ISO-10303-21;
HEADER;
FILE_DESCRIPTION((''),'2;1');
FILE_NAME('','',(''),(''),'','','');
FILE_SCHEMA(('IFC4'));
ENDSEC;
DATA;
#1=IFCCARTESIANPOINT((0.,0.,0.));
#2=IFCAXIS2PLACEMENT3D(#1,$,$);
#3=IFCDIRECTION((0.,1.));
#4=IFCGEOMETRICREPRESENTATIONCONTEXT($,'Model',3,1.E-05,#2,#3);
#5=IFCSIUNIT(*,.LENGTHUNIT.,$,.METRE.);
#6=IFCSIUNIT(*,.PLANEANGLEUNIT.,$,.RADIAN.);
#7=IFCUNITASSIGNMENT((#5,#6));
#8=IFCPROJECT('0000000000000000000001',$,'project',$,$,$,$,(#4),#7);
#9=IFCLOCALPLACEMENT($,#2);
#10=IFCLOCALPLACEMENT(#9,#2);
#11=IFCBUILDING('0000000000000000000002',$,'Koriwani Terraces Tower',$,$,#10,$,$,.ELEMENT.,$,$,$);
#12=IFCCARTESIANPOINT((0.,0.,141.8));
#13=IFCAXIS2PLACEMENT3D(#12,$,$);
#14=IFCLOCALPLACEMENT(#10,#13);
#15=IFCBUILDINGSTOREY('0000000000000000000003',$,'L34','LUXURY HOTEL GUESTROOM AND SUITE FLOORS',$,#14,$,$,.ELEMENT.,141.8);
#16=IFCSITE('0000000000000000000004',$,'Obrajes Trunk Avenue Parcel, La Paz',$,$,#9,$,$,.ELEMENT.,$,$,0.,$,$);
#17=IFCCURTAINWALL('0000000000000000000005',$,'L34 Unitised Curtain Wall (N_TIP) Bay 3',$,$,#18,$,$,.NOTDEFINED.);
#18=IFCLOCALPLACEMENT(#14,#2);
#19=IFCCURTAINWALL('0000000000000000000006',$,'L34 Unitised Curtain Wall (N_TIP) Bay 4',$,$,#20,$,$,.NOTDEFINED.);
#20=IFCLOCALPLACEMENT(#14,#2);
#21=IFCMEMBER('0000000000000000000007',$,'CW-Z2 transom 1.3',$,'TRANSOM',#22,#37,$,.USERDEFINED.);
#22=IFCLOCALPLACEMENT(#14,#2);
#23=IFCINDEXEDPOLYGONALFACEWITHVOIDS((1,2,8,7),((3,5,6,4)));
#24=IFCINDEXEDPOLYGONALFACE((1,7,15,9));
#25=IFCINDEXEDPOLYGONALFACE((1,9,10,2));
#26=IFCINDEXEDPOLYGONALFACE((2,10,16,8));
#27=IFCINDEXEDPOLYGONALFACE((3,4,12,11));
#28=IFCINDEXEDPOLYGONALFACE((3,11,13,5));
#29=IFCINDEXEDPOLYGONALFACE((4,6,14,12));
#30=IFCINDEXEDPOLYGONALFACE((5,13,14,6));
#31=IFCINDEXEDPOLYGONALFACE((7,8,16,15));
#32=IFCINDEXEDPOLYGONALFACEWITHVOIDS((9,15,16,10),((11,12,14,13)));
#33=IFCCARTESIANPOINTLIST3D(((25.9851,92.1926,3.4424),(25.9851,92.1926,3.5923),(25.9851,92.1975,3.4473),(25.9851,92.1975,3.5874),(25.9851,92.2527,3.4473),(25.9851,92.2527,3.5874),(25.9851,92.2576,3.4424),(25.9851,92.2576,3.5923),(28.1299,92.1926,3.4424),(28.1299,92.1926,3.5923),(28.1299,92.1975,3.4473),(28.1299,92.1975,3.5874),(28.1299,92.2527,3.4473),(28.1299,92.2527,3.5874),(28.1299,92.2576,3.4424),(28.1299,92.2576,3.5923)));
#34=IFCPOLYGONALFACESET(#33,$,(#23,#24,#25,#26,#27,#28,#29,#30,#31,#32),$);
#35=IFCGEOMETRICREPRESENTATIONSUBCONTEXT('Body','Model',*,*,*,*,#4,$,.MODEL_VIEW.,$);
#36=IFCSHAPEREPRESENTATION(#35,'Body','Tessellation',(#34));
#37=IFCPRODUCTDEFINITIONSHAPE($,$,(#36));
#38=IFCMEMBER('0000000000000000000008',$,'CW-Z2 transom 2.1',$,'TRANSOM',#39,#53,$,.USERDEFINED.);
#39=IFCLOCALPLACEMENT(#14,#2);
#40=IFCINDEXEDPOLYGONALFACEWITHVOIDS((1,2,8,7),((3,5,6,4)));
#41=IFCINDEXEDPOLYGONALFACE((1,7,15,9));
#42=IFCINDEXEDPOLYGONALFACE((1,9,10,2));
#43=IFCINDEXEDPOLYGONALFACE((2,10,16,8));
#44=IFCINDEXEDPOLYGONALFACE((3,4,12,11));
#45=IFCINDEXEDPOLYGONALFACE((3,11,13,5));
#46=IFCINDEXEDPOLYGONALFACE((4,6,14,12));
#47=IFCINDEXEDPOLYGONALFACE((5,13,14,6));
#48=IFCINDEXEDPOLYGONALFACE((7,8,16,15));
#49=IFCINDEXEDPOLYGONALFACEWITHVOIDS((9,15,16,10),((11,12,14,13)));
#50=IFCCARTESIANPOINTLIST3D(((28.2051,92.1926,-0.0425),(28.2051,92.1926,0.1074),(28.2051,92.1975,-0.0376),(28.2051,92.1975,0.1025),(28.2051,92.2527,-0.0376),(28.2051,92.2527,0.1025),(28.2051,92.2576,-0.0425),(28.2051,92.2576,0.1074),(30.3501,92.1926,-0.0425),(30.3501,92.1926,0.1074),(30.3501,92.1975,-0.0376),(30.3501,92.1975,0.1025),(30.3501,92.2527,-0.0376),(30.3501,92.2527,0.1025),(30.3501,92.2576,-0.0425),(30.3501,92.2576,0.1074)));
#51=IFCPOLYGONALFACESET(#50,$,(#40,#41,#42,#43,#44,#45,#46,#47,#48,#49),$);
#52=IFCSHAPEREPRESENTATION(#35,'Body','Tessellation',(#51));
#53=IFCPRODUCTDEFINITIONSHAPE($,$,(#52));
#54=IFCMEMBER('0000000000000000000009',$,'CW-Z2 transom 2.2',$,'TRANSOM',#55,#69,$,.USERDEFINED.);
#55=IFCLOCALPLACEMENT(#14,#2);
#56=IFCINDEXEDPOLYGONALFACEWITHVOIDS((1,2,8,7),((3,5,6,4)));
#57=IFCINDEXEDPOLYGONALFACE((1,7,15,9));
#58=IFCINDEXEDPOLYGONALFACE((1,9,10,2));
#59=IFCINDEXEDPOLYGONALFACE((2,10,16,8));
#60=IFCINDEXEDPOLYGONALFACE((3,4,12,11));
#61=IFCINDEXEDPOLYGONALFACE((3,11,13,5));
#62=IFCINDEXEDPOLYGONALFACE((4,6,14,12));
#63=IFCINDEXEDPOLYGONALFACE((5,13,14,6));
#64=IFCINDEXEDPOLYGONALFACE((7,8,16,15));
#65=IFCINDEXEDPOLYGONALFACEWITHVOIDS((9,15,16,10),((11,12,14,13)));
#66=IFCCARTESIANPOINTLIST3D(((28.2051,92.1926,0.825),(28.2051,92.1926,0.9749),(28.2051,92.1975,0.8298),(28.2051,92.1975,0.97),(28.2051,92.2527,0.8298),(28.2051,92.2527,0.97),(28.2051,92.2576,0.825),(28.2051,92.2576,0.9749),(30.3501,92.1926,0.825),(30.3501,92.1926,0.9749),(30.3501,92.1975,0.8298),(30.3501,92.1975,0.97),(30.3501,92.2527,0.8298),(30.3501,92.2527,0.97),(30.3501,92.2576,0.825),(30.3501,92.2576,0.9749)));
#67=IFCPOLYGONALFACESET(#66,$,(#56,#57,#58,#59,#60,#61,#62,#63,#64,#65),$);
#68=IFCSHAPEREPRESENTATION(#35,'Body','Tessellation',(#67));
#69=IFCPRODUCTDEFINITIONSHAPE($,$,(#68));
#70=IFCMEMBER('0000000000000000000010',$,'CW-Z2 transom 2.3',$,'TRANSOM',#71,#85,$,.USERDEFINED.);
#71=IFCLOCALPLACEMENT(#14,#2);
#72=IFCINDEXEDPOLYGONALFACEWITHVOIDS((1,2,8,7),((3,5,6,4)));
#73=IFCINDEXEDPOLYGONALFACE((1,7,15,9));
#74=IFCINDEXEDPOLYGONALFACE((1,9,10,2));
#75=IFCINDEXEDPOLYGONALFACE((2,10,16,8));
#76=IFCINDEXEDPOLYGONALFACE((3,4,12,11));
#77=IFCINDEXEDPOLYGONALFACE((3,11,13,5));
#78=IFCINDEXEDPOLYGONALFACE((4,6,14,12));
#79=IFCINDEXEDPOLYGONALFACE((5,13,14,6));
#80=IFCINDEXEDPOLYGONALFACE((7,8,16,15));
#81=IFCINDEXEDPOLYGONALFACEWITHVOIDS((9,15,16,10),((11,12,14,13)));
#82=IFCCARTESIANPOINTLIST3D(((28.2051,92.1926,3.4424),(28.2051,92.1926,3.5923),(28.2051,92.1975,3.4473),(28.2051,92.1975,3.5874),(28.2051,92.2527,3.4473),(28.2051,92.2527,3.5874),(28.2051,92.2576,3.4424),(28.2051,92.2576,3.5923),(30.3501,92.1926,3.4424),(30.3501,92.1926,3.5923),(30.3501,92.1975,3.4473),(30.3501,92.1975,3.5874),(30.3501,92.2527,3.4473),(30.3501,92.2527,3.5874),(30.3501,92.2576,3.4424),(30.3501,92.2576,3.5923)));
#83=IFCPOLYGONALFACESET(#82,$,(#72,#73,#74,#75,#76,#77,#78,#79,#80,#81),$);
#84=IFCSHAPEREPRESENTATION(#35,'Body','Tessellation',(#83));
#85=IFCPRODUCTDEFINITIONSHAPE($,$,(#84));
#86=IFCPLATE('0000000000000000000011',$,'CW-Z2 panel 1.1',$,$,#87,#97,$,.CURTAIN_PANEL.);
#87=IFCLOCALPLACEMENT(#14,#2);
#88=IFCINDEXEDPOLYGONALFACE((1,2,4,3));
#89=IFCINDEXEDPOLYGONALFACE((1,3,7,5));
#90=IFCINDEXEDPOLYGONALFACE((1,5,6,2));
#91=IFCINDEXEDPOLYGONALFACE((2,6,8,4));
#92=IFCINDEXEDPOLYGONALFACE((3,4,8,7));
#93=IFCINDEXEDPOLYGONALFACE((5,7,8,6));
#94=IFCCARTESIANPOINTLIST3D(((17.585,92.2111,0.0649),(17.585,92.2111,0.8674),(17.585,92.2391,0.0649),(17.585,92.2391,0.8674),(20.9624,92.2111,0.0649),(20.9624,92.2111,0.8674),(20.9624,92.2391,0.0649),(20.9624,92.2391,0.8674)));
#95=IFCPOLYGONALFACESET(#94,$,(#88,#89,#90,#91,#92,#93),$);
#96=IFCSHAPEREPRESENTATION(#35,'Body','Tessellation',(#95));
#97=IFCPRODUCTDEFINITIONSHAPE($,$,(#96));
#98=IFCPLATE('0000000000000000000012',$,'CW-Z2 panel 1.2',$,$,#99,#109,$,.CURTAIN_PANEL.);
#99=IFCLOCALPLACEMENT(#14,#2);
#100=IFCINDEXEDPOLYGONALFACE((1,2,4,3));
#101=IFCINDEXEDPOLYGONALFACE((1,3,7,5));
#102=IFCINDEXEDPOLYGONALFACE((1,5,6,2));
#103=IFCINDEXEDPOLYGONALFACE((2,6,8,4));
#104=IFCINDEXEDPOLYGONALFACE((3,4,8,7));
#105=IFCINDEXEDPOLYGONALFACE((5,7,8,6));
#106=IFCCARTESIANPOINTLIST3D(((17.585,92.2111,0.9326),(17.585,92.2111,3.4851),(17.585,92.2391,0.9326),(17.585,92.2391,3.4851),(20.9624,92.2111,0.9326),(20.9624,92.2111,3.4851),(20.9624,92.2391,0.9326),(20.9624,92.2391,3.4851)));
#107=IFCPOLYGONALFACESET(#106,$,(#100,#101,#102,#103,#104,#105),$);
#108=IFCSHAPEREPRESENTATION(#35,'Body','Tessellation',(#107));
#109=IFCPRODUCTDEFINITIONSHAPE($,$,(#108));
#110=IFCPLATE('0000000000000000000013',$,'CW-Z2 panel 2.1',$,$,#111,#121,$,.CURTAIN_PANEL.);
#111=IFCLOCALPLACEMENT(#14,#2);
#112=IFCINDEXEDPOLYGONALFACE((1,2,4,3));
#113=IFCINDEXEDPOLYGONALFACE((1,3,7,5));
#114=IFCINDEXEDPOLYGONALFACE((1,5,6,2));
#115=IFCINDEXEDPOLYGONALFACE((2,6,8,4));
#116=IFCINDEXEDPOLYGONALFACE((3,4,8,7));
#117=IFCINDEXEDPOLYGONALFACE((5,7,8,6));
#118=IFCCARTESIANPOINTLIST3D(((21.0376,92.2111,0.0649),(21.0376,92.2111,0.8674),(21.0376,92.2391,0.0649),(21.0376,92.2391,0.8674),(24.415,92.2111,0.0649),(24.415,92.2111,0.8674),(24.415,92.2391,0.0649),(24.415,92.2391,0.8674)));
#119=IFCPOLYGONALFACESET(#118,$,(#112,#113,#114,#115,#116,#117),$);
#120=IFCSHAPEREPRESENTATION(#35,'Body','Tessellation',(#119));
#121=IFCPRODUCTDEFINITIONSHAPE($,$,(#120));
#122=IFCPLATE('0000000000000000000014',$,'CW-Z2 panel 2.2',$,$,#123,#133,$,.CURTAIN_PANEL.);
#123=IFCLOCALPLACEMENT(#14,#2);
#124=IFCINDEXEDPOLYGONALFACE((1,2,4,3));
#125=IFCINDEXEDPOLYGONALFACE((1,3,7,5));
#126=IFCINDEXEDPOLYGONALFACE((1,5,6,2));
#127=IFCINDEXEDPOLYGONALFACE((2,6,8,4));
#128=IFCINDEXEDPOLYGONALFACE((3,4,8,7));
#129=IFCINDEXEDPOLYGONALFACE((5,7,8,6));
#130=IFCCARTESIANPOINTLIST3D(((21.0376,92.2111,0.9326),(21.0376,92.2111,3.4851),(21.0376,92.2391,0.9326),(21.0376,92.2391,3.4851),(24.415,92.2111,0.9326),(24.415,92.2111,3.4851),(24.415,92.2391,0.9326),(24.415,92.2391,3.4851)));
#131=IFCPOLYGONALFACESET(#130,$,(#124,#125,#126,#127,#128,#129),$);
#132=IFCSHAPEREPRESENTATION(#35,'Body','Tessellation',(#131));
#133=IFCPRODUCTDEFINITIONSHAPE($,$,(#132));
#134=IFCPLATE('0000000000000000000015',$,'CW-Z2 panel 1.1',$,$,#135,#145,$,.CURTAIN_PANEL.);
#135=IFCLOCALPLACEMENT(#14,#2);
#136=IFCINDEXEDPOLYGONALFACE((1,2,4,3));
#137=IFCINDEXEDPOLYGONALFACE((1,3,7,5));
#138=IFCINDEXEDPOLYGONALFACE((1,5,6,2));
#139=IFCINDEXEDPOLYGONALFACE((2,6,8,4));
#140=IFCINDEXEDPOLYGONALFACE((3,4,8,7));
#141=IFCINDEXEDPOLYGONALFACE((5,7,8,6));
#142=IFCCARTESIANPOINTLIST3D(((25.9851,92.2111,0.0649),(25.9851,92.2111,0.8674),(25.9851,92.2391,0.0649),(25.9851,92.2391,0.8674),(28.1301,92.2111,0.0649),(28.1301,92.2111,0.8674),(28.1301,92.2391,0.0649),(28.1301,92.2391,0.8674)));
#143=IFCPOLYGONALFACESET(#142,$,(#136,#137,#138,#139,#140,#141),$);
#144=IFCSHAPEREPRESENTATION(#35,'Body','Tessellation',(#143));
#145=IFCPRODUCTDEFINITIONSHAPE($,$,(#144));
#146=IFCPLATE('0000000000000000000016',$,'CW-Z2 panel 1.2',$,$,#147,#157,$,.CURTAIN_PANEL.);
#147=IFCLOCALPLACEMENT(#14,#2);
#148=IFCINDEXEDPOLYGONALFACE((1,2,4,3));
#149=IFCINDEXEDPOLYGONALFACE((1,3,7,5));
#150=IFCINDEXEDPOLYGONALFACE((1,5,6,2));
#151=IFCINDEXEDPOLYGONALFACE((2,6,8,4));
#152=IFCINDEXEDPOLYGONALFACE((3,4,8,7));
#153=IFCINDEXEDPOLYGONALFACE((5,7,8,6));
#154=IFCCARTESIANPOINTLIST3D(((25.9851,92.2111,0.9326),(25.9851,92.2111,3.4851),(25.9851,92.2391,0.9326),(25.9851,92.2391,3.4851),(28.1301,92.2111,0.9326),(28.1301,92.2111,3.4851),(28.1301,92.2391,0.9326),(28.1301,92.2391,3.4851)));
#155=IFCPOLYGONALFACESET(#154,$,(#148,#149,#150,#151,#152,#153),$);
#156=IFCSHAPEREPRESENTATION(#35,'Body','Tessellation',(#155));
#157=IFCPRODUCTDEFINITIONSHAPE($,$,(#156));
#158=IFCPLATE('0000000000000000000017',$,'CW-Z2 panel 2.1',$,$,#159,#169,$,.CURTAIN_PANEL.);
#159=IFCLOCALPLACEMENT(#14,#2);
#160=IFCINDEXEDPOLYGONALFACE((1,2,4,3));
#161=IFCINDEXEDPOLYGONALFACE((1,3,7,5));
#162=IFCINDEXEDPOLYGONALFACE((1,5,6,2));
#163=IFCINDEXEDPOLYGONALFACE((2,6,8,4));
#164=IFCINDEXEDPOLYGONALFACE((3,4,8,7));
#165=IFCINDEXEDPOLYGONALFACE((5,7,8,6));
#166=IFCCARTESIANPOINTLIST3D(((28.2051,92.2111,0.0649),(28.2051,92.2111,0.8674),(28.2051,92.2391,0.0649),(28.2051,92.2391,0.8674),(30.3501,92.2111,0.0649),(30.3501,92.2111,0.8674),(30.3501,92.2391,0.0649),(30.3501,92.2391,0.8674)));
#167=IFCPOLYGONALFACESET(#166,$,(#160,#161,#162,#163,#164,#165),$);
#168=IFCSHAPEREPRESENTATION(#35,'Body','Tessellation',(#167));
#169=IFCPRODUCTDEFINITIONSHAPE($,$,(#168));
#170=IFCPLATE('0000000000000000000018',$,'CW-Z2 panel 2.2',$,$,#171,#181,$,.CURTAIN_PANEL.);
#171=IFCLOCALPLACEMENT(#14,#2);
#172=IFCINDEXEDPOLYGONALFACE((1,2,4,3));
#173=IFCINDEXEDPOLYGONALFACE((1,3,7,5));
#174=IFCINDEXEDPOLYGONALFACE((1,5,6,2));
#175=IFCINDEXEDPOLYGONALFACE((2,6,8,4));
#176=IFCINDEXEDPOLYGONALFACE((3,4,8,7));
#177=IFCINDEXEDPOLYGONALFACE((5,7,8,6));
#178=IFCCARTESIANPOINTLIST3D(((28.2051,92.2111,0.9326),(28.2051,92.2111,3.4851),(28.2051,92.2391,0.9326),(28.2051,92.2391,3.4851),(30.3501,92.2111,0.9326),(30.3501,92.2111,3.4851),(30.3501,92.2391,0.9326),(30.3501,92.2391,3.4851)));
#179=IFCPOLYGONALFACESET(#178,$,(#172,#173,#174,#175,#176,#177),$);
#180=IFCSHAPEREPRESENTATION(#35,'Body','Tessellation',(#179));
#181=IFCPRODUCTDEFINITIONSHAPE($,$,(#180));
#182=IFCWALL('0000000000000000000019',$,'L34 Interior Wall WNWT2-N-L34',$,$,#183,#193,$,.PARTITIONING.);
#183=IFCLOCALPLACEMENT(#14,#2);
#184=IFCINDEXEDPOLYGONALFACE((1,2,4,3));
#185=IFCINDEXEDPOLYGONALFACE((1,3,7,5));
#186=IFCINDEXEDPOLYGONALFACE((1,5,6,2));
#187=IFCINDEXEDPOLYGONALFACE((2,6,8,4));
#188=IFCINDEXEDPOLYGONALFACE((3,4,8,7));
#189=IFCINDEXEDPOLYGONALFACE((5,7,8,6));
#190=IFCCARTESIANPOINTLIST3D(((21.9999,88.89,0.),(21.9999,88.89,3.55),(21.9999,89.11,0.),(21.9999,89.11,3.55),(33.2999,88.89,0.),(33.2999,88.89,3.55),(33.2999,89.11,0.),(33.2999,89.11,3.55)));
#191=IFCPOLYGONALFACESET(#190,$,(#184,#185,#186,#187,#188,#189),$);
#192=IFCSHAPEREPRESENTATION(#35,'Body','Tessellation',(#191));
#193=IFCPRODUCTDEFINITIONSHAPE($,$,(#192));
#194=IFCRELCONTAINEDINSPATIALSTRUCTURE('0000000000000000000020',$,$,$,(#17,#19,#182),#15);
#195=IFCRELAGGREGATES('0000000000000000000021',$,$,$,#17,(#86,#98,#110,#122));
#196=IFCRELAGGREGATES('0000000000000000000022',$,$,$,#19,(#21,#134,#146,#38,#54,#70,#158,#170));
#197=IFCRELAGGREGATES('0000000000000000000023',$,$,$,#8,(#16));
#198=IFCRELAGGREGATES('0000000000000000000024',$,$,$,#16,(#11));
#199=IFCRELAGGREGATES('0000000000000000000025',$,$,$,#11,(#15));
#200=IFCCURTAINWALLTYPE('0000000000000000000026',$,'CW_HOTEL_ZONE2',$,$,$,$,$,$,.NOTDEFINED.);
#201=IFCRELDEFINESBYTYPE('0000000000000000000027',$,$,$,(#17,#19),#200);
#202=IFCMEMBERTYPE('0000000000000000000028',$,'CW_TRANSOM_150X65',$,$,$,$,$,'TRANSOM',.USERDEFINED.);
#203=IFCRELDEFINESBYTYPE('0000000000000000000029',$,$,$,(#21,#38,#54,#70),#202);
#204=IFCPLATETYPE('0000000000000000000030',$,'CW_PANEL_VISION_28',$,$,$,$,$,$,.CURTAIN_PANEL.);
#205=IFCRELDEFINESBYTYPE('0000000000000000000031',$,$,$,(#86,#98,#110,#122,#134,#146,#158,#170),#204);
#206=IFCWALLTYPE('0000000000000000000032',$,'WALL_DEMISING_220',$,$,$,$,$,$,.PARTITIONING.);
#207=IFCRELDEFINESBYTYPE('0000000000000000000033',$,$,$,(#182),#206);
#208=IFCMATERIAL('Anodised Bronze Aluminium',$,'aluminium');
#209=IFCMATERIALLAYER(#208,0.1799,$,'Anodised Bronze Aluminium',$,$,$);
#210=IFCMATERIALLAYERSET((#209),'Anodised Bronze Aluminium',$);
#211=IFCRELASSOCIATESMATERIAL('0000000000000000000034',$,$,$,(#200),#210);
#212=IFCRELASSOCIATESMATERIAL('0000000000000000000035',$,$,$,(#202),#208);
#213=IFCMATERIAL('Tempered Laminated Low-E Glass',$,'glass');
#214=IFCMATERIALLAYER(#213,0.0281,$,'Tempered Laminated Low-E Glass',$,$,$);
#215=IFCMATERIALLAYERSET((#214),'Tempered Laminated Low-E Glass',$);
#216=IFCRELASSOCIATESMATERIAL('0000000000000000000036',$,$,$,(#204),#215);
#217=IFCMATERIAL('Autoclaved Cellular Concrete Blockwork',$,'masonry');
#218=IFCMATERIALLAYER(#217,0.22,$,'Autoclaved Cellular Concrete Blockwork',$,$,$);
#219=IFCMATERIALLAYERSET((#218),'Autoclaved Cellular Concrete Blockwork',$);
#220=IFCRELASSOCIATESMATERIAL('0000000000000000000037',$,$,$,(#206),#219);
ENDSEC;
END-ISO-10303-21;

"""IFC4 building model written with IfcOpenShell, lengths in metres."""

from ifc_helpers import new_model, si_unit, direction, frame, frame_2d, origin, origin_2d, place, context, subcontext, project, spatial, rectangle, hollow_rectangle, extrude, material, layer, layer_set, material_profile, profile_set, type_object, element, aggregate, save


model = new_model("IFC4")

# Units and contexts
model_context = context("Model", 3, precision=1e-05, world=origin(), true_north=direction((0.0, 1.0)))
body_context = subcontext(model_context, "Body", "Model", "MODEL_VIEW")
ifc_project = project(units=[si_unit("LENGTHUNIT", "METRE"), si_unit("PLANEANGLEUNIT", "RADIAN")], contexts=[model_context])

# Site, building, storey
site_placement = place(None, origin())
site = spatial("IfcSite", under=ifc_project, at=site_placement, Name="Obrajes Trunk Avenue Parcel, La Paz", CompositionType="ELEMENT", RefElevation=0.0)
building_placement = place(site_placement, origin())
building = spatial("IfcBuilding", under=site, at=building_placement, Name="Koriwani Terraces Tower", CompositionType="ELEMENT")
storey_placement = place(building_placement, frame((0.0, 0.0, 141.8)))
storey = spatial("IfcBuildingStorey", under=building, at=storey_placement, Name="L34", Description="LUXURY HOTEL GUESTROOM AND SUITE FLOORS", CompositionType="ELEMENT", Elevation=141.8)

# Curtain walls
ifc_material_1 = material(Name="Anodised Bronze Aluminium", Category="aluminium")
ifc_layer_1 = layer(ifc_material_1, 0.1799, Name="Anodised Bronze Aluminium")
ifc_layer_set_1 = layer_set([ifc_layer_1], Name="Anodised Bronze Aluminium")
curtain_wall_type = type_object("IfcCurtainWallType", Name="CW_HOTEL_ZONE2", PredefinedType="NOTDEFINED", material=ifc_layer_set_1)
curtain_wall_1_placement = place(storey_placement, origin())
curtain_wall_1 = element("IfcCurtainWall", 1, at=curtain_wall_1_placement, inside=storey, type_object=curtain_wall_type, Name="L34 Unitised Curtain Wall (N_TIP) Bay 3", PredefinedType="NOTDEFINED")
curtain_wall_2_placement = place(storey_placement, origin())
curtain_wall_2 = element("IfcCurtainWall", 2, at=curtain_wall_2_placement, inside=storey, type_object=curtain_wall_type, Name="L34 Unitised Curtain Wall (N_TIP) Bay 4", PredefinedType="NOTDEFINED")

# Members
ifc_material_profile_1 = material_profile(ifc_material_1, hollow_rectangle(XDim=0.0649, YDim=0.1499, WallThickness=0.0049, at=origin_2d()), Name="Anodised Bronze Aluminium", Category="LoadBearing")
ifc_profile_set_1 = profile_set([ifc_material_profile_1], Name="Anodised Bronze Aluminium")
member_type_1 = type_object("IfcMemberType", Name="CW_TRANSOM_150X65", ElementType="TRANSOM", PredefinedType="USERDEFINED", material=ifc_profile_set_1)
member_1_placement = place(storey_placement, frame((25.9851, 92.2251, 3.5173), z_axis=(1.0, 0.0, 0.0), x_axis=(0.0, 1.0, 0.0)))
member_1 = element("IfcMember", 3, at=member_1_placement, type_object=member_type_1, Name="CW-Z2 transom 1.3", ObjectType="TRANSOM", PredefinedType="USERDEFINED", context=body_context, shape_type="SweptSolid", body=[
    extrude(hollow_rectangle(XDim=0.0649, YDim=0.1499, WallThickness=0.0049, at=origin_2d()), origin(), (0.0, 0.0, 1.0), 2.1448),
])
member_2_placement = place(storey_placement, frame((28.2051, 92.2251, 0.0325), z_axis=(1.0, 0.0, 0.0), x_axis=(0.0, 1.0, 0.0)))
member_2 = element("IfcMember", 4, at=member_2_placement, type_object=member_type_1, Name="CW-Z2 transom 2.1", ObjectType="TRANSOM", PredefinedType="USERDEFINED", context=body_context, shape_type="SweptSolid", body=[
    extrude(hollow_rectangle(XDim=0.0649, YDim=0.1499, WallThickness=0.0049, at=origin_2d()), origin(), (0.0, 0.0, 1.0), 2.145),
])
member_3_placement = place(storey_placement, frame((28.2051, 92.2251, 0.8999), z_axis=(1.0, 0.0, 0.0), x_axis=(0.0, 1.0, 0.0)))
member_3 = element("IfcMember", 5, at=member_3_placement, type_object=member_type_1, Name="CW-Z2 transom 2.2", ObjectType="TRANSOM", PredefinedType="USERDEFINED", context=body_context, shape_type="SweptSolid", body=[
    extrude(hollow_rectangle(XDim=0.0649, YDim=0.1499, WallThickness=0.0049, at=origin_2d()), origin(), (0.0, 0.0, 1.0), 2.145),
])
member_4_placement = place(storey_placement, frame((28.2051, 92.2251, 3.5173), z_axis=(1.0, 0.0, 0.0), x_axis=(0.0, 1.0, 0.0)))
member_4 = element("IfcMember", 6, at=member_4_placement, type_object=member_type_1, Name="CW-Z2 transom 2.3", ObjectType="TRANSOM", PredefinedType="USERDEFINED", context=body_context, shape_type="SweptSolid", body=[
    extrude(hollow_rectangle(XDim=0.0649, YDim=0.1499, WallThickness=0.0049, at=origin_2d()), origin(), (0.0, 0.0, 1.0), 2.145),
])

# Plates
ifc_material_2 = material(Name="Tempered Laminated Low-E Glass", Category="glass")
ifc_layer_2 = layer(ifc_material_2, 0.0281, Name="Tempered Laminated Low-E Glass")
ifc_layer_set_2 = layer_set([ifc_layer_2], Name="Tempered Laminated Low-E Glass")
plate_type = type_object("IfcPlateType", Name="CW_PANEL_VISION_28", PredefinedType="CURTAIN_PANEL", material=ifc_layer_set_2)
plate_1_placement = place(storey_placement, frame((19.2737, 92.2251, 0.0649), z_axis=(0.0, 0.0, 1.0), x_axis=(1.0, 0.0, 0.0)))
plate_1 = element("IfcPlate", 7, at=plate_1_placement, type_object=plate_type, Name="CW-Z2 panel 1.1", PredefinedType="CURTAIN_PANEL", context=body_context, shape_type="SweptSolid", body=[
    extrude(rectangle(XDim=3.3774, YDim=0.0281, at=origin_2d()), origin(), (0.0, 0.0, 1.0), 0.8025),
])
plate_2_placement = place(storey_placement, frame((19.2737, 92.2251, 0.9326), z_axis=(0.0, 0.0, 1.0), x_axis=(1.0, 0.0, 0.0)))
plate_2 = element("IfcPlate", 8, at=plate_2_placement, type_object=plate_type, Name="CW-Z2 panel 1.2", PredefinedType="CURTAIN_PANEL", context=body_context, shape_type="SweptSolid", body=[
    extrude(rectangle(XDim=3.3774, YDim=0.0281, at=origin_2d()), origin(), (0.0, 0.0, 1.0), 2.5525),
])
plate_3_placement = place(storey_placement, frame((22.7263, 92.2251, 0.0649), z_axis=(0.0, 0.0, 1.0), x_axis=(1.0, 0.0, 0.0)))
plate_3 = element("IfcPlate", 9, at=plate_3_placement, type_object=plate_type, Name="CW-Z2 panel 2.1", PredefinedType="CURTAIN_PANEL", context=body_context, shape_type="SweptSolid", body=[
    extrude(rectangle(XDim=3.3774, YDim=0.0281, at=origin_2d()), origin(), (0.0, 0.0, 1.0), 0.8025),
])
plate_4_placement = place(storey_placement, frame((22.7263, 92.2251, 0.9326), z_axis=(0.0, 0.0, 1.0), x_axis=(1.0, 0.0, 0.0)))
plate_4 = element("IfcPlate", 10, at=plate_4_placement, type_object=plate_type, Name="CW-Z2 panel 2.2", PredefinedType="CURTAIN_PANEL", context=body_context, shape_type="SweptSolid", body=[
    extrude(rectangle(XDim=3.3774, YDim=0.0281, at=origin_2d()), origin(), (0.0, 0.0, 1.0), 2.5525),
])
aggregate(curtain_wall_1, [plate_1, plate_2, plate_3, plate_4])
plate_5_placement = place(storey_placement, frame((27.0576, 92.2251, 0.0649), z_axis=(0.0, 0.0, 1.0), x_axis=(1.0, 0.0, 0.0)))
plate_5 = element("IfcPlate", 11, at=plate_5_placement, type_object=plate_type, Name="CW-Z2 panel 1.1", PredefinedType="CURTAIN_PANEL", context=body_context, shape_type="SweptSolid", body=[
    extrude(rectangle(XDim=2.145, YDim=0.0281, at=origin_2d()), origin(), (0.0, 0.0, 1.0), 0.8025),
])
plate_6_placement = place(storey_placement, frame((27.0576, 92.2251, 0.9326), z_axis=(0.0, 0.0, 1.0), x_axis=(1.0, 0.0, 0.0)))
plate_6 = element("IfcPlate", 12, at=plate_6_placement, type_object=plate_type, Name="CW-Z2 panel 1.2", PredefinedType="CURTAIN_PANEL", context=body_context, shape_type="SweptSolid", body=[
    extrude(rectangle(XDim=2.145, YDim=0.0281, at=origin_2d()), origin(), (0.0, 0.0, 1.0), 2.5525),
])
plate_7_placement = place(storey_placement, frame((29.2776, 92.2251, 0.0649), z_axis=(0.0, 0.0, 1.0), x_axis=(1.0, 0.0, 0.0)))
plate_7 = element("IfcPlate", 13, at=plate_7_placement, type_object=plate_type, Name="CW-Z2 panel 2.1", PredefinedType="CURTAIN_PANEL", context=body_context, shape_type="SweptSolid", body=[
    extrude(rectangle(XDim=2.145, YDim=0.0281, at=origin_2d()), origin(), (0.0, 0.0, 1.0), 0.8025),
])
plate_8_placement = place(storey_placement, frame((29.2776, 92.2251, 0.9326), z_axis=(0.0, 0.0, 1.0), x_axis=(1.0, 0.0, 0.0)))
plate_8 = element("IfcPlate", 14, at=plate_8_placement, type_object=plate_type, Name="CW-Z2 panel 2.2", PredefinedType="CURTAIN_PANEL", context=body_context, shape_type="SweptSolid", body=[
    extrude(rectangle(XDim=2.145, YDim=0.0281, at=origin_2d()), origin(), (0.0, 0.0, 1.0), 2.5525),
])
aggregate(curtain_wall_2, [member_1, plate_5, plate_6, member_2, member_3, member_4, plate_7, plate_8])

# Wall
ifc_material_3 = material(Name="Autoclaved Cellular Concrete Blockwork", Category="masonry")
ifc_layer_3 = layer(ifc_material_3, 0.22, Name="Autoclaved Cellular Concrete Blockwork")
ifc_layer_set_3 = layer_set([ifc_layer_3], Name="Autoclaved Cellular Concrete Blockwork")
wall_type_1 = type_object("IfcWallType", Name="WALL_DEMISING_220", PredefinedType="PARTITIONING", material=ifc_layer_set_3)
wall_1_placement = place(storey_placement, frame((22.0, 89.0, 0.0), z_axis=(0.0, 0.0, 1.0), x_axis=(1.0, 0.0, 0.0)))
element("IfcWall", 15, at=wall_1_placement, inside=storey, type_object=wall_type_1, Name="L34 Interior Wall WNWT2-N-L34", PredefinedType="PARTITIONING", context=body_context, shape_type="SweptSolid", body=[
    extrude(rectangle(XDim=11.3, YDim=0.22, at=frame_2d((5.6499, 0.0))), origin(), (0.0, 0.0, 1.0), 3.55),
])

save(model, "model.ifc")
